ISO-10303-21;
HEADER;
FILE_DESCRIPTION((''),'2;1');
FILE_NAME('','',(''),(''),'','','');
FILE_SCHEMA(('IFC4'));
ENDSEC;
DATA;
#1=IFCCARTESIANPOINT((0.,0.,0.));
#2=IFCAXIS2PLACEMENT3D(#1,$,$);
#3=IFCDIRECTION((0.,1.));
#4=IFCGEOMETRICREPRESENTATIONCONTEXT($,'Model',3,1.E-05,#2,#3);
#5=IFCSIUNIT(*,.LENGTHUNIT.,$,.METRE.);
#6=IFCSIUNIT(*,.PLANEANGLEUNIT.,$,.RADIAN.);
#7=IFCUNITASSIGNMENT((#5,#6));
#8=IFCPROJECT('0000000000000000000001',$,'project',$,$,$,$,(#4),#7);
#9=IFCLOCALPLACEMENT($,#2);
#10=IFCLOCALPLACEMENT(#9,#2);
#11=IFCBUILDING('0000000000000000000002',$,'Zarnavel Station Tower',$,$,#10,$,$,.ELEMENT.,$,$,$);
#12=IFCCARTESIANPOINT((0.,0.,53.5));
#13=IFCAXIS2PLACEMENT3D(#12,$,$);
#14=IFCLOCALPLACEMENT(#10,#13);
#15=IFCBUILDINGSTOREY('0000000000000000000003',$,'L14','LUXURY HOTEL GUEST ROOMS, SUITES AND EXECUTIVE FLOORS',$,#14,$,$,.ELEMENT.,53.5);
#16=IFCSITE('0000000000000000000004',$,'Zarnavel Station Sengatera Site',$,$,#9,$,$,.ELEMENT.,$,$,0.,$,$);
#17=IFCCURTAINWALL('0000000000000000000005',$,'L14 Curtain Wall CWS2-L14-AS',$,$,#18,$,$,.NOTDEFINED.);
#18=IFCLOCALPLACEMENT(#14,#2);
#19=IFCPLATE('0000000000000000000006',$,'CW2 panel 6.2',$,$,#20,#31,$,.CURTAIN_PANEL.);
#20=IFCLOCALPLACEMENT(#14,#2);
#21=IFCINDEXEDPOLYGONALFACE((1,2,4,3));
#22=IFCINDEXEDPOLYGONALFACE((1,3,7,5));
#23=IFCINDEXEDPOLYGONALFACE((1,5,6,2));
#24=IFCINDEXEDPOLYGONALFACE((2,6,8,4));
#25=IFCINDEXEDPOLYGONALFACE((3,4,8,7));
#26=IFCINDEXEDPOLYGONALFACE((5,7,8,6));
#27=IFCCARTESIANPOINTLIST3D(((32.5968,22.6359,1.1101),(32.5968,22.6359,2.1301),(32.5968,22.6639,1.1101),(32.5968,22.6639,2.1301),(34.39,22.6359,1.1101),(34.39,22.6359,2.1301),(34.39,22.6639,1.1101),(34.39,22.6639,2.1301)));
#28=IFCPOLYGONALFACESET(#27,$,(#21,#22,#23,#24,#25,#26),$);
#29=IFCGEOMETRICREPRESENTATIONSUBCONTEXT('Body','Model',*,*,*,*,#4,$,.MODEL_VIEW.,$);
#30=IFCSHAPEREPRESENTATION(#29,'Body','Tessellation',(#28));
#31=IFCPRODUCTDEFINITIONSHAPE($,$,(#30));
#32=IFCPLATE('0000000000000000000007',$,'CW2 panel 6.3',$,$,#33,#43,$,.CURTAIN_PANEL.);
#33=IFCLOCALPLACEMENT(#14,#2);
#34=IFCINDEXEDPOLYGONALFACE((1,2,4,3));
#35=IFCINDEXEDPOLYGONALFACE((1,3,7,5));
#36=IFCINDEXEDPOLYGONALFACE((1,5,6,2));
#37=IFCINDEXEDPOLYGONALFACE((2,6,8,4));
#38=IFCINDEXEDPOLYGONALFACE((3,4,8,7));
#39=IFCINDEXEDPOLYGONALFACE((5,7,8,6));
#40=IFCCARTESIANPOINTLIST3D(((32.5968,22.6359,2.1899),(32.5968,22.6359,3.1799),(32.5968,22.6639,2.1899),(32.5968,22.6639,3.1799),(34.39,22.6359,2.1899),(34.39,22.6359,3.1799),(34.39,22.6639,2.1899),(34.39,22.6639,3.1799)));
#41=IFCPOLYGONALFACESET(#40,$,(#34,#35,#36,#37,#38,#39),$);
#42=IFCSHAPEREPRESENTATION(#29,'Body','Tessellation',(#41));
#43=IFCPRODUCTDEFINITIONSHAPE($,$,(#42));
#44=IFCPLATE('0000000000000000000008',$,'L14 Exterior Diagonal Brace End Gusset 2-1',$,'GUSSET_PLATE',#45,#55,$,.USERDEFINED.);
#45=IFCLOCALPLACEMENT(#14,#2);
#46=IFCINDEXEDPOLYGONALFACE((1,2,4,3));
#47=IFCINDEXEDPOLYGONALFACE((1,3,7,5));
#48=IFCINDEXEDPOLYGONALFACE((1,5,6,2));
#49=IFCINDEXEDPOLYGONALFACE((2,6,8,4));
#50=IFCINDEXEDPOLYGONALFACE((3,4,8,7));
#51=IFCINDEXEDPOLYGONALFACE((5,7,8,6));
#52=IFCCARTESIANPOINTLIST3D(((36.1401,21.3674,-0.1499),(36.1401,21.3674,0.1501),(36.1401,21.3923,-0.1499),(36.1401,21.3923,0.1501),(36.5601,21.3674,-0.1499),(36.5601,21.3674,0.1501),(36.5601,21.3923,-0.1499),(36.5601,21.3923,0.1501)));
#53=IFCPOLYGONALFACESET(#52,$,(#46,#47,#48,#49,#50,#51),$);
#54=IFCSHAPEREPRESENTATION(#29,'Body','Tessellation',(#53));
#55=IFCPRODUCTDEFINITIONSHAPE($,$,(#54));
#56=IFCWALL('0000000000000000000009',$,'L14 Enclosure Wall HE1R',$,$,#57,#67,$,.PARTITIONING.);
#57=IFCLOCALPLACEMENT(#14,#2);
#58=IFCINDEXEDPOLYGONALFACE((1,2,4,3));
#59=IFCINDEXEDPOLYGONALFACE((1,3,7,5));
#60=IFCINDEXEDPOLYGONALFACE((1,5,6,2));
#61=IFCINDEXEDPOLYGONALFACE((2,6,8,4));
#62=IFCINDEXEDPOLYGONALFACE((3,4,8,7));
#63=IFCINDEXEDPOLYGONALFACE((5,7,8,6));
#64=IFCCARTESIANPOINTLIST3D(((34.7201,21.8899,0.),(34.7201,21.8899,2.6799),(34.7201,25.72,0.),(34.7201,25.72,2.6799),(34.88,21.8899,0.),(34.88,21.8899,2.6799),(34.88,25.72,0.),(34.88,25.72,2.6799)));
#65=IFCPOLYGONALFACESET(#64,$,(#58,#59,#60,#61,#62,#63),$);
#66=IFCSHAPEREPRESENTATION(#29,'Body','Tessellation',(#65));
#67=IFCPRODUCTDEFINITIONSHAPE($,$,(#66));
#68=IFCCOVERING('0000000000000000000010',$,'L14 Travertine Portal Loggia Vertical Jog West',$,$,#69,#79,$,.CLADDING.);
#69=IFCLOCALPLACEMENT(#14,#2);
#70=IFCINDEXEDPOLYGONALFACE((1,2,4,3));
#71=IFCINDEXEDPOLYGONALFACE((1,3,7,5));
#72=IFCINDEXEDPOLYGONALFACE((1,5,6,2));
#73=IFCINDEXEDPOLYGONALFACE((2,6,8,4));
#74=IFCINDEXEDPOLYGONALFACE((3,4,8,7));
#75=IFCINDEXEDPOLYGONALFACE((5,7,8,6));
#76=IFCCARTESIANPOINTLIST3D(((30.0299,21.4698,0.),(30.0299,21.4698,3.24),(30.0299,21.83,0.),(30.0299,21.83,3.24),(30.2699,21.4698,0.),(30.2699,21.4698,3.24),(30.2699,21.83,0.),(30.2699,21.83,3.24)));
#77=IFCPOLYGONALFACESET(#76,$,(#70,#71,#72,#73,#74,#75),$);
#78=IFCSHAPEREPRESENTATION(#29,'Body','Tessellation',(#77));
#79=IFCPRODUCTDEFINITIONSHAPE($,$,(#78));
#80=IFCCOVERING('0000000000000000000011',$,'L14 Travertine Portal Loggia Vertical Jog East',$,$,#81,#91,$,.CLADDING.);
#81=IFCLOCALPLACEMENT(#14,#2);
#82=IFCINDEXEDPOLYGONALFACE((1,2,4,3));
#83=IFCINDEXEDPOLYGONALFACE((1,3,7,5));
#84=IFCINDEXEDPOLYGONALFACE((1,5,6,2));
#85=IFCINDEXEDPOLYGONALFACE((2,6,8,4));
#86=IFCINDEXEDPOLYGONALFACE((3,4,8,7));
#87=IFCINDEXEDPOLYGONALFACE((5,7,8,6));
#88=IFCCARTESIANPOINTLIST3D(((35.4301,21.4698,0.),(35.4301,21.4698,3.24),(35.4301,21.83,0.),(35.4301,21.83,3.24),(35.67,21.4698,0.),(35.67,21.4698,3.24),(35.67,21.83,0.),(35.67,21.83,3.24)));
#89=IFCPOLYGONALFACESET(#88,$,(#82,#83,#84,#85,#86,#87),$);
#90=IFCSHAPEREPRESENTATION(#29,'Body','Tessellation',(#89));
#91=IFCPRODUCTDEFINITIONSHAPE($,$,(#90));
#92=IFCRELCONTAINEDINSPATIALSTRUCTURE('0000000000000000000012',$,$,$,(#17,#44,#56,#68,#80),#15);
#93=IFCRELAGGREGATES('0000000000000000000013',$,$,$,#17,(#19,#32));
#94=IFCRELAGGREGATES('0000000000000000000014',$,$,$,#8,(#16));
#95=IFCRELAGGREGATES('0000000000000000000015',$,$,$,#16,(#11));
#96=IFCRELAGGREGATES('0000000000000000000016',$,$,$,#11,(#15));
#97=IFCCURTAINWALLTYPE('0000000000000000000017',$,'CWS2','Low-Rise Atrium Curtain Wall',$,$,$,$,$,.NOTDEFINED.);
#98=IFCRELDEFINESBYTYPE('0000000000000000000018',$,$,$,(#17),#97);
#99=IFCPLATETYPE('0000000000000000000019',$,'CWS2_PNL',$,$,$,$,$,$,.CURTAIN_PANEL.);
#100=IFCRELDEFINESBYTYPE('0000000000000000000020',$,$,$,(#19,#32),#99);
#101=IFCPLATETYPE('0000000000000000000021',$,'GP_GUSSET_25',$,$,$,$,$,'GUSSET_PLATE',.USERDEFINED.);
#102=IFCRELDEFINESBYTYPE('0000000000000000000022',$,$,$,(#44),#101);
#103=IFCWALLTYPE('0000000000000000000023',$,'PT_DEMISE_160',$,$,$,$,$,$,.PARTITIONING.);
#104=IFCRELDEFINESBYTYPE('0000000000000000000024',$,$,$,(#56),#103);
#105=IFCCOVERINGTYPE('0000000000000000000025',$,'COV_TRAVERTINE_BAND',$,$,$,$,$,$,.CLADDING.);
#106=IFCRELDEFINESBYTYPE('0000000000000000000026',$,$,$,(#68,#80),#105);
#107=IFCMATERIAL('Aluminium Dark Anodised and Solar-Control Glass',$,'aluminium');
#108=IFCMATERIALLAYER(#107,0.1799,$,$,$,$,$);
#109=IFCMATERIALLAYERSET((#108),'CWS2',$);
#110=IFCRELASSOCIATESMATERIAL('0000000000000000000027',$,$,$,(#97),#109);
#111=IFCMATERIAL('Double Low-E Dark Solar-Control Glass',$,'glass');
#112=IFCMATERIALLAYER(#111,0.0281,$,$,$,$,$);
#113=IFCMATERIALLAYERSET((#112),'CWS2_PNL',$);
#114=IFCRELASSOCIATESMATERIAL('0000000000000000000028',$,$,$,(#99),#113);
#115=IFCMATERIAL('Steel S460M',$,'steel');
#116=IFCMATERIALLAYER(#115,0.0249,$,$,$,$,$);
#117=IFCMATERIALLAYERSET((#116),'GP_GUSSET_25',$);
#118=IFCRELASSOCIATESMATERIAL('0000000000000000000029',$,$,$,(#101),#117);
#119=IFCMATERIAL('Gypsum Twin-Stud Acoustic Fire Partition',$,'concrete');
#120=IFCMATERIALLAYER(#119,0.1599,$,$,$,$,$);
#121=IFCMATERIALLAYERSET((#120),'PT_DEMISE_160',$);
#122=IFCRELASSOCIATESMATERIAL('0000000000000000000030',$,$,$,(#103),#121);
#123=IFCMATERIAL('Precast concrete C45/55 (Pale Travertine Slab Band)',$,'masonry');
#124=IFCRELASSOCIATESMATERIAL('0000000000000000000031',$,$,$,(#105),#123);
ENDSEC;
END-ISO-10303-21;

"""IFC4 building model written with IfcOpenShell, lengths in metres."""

from ifc_helpers import new_model, si_unit, direction, frame, frame_2d, origin, origin_2d, place, context, subcontext, project, spatial, rectangle, extrude, material, layer, layer_set, type_object, element, aggregate, save


model = new_model("IFC4")

# Units and contexts
model_context = context("Model", 3, precision=1e-05, world=origin(), true_north=direction((0.0, 1.0)))
body_context = subcontext(model_context, "Body", "Model", "MODEL_VIEW")
ifc_project = project(units=[si_unit("LENGTHUNIT", "METRE"), si_unit("PLANEANGLEUNIT", "RADIAN")], contexts=[model_context])

# Site, building, storey
site_placement = place(None, origin())
site = spatial("IfcSite", under=ifc_project, at=site_placement, Name="Zarnavel Station Sengatera Site", CompositionType="ELEMENT", RefElevation=0.0)
building_placement = place(site_placement, origin())
building = spatial("IfcBuilding", under=site, at=building_placement, Name="Zarnavel Station Tower", CompositionType="ELEMENT")
storey_placement = place(building_placement, frame((0.0, 0.0, 53.5)))
storey = spatial("IfcBuildingStorey", under=building, at=storey_placement, Name="L14", Description="LUXURY HOTEL GUEST ROOMS, SUITES AND EXECUTIVE FLOORS", CompositionType="ELEMENT", Elevation=53.5)

# Curtain wall
ifc_material_1 = material(Name="Aluminium Dark Anodised and Solar-Control Glass", Category="aluminium")
ifc_layer_1 = layer(ifc_material_1, 0.1799)
ifc_layer_set_1 = layer_set([ifc_layer_1], Name="CWS2")
curtain_wall_type = type_object("IfcCurtainWallType", Name="CWS2", Description="Low-Rise Atrium Curtain Wall", PredefinedType="NOTDEFINED", material=ifc_layer_set_1)
curtain_wall_placement = place(storey_placement, origin())
curtain_wall = element("IfcCurtainWall", 1, at=curtain_wall_placement, inside=storey, type_object=curtain_wall_type, Name="L14 Curtain Wall CWS2-L14-AS", PredefinedType="NOTDEFINED")

# Plates
ifc_material_2 = material(Name="Double Low-E Dark Solar-Control Glass", Category="glass")
ifc_layer_2 = layer(ifc_material_2, 0.0281)
ifc_layer_set_2 = layer_set([ifc_layer_2], Name="CWS2_PNL")
plate_type_1 = type_object("IfcPlateType", Name="CWS2_PNL", PredefinedType="CURTAIN_PANEL", material=ifc_layer_set_2)
plate_1_placement = place(storey_placement, frame((33.4934, 22.6499, 1.1101), z_axis=(0.0, 0.0, 1.0), x_axis=(1.0, 0.0, 0.0)))
plate_1 = element("IfcPlate", 2, at=plate_1_placement, type_object=plate_type_1, Name="CW2 panel 6.2", PredefinedType="CURTAIN_PANEL", context=body_context, shape_type="SweptSolid", body=[
    extrude(rectangle(XDim=1.7932, YDim=0.0281, at=origin_2d()), origin(), (0.0, 0.0, 1.0), 1.02),
])
plate_2_placement = place(storey_placement, frame((33.4934, 22.6499, 2.1899), z_axis=(0.0, 0.0, 1.0), x_axis=(1.0, 0.0, 0.0)))
plate_2 = element("IfcPlate", 3, at=plate_2_placement, type_object=plate_type_1, Name="CW2 panel 6.3", PredefinedType="CURTAIN_PANEL", context=body_context, shape_type="SweptSolid", body=[
    extrude(rectangle(XDim=1.7932, YDim=0.0281, at=origin_2d()), origin(), (0.0, 0.0, 1.0), 0.99),
])
aggregate(curtain_wall, [plate_1, plate_2])
ifc_material_3 = material(Name="Steel S460M", Category="steel")
ifc_layer_3 = layer(ifc_material_3, 0.0249)
ifc_layer_set_3 = layer_set([ifc_layer_3], Name="GP_GUSSET_25")
plate_type_2 = type_object("IfcPlateType", Name="GP_GUSSET_25", ElementType="GUSSET_PLATE", PredefinedType="USERDEFINED", material=ifc_layer_set_3)
plate_3_placement = place(storey_placement, frame((36.3501, 21.3799, -0.1499), z_axis=(0.0, 0.0, 1.0), x_axis=(1.0, 0.0, 0.0)))
element("IfcPlate", 4, at=plate_3_placement, inside=storey, type_object=plate_type_2, Name="L14 Exterior Diagonal Brace End Gusset 2-1", ObjectType="GUSSET_PLATE", PredefinedType="USERDEFINED", context=body_context, shape_type="SweptSolid", body=[
    extrude(rectangle(XDim=0.4199, YDim=0.0249, at=origin_2d()), origin(), (0.0, 0.0, 1.0), 0.3),
])

# Wall
ifc_material_4 = material(Name="Gypsum Twin-Stud Acoustic Fire Partition", Category="concrete")
ifc_layer_4 = layer(ifc_material_4, 0.1599)
ifc_layer_set_4 = layer_set([ifc_layer_4], Name="PT_DEMISE_160")
wall_type = type_object("IfcWallType", Name="PT_DEMISE_160", PredefinedType="PARTITIONING", material=ifc_layer_set_4)
wall_placement = place(storey_placement, frame((34.8, 21.8899, 0.0), z_axis=(0.0, 0.0, 1.0), x_axis=(0.0, 1.0, 0.0)))
element("IfcWall", 5, at=wall_placement, inside=storey, type_object=wall_type, Name="L14 Enclosure Wall HE1R", PredefinedType="PARTITIONING", context=body_context, shape_type="SweptSolid", body=[
    extrude(rectangle(XDim=3.8301, YDim=0.1599, at=frame_2d((1.915, 0.0))), origin(), (0.0, 0.0, 1.0), 2.6799),
])

# Coverings
ifc_material_5 = material(Name="Precast concrete C45/55 (Pale Travertine Slab Band)", Category="masonry")
covering_type = type_object("IfcCoveringType", Name="COV_TRAVERTINE_BAND", PredefinedType="CLADDING", material=ifc_material_5)
for number, where, z_axis, x_axis, name in (
    (6, (30.1499, 21.6499, 0.0), (0.0, 0.0, 1.0), (1.0, 0.0, 0.0), "L14 Travertine Portal Loggia Vertical Jog West"),
    (7, (35.55, 21.6499, 0.0), (0.0, 0.0, 1.0), (1.0, 0.0, 0.0), "L14 Travertine Portal Loggia Vertical Jog East"),
):
    element("IfcCovering", number, at=place(storey_placement, frame(where, z_axis=z_axis, x_axis=x_axis)), inside=storey, type_object=covering_type, Name=name, PredefinedType="CLADDING", context=body_context, shape_type="SweptSolid", body=[
        extrude(rectangle(XDim=0.24, YDim=0.3601, at=origin_2d()), origin(), (0.0, 0.0, 1.0), 3.24),
    ])

save(model, "model.ifc")
